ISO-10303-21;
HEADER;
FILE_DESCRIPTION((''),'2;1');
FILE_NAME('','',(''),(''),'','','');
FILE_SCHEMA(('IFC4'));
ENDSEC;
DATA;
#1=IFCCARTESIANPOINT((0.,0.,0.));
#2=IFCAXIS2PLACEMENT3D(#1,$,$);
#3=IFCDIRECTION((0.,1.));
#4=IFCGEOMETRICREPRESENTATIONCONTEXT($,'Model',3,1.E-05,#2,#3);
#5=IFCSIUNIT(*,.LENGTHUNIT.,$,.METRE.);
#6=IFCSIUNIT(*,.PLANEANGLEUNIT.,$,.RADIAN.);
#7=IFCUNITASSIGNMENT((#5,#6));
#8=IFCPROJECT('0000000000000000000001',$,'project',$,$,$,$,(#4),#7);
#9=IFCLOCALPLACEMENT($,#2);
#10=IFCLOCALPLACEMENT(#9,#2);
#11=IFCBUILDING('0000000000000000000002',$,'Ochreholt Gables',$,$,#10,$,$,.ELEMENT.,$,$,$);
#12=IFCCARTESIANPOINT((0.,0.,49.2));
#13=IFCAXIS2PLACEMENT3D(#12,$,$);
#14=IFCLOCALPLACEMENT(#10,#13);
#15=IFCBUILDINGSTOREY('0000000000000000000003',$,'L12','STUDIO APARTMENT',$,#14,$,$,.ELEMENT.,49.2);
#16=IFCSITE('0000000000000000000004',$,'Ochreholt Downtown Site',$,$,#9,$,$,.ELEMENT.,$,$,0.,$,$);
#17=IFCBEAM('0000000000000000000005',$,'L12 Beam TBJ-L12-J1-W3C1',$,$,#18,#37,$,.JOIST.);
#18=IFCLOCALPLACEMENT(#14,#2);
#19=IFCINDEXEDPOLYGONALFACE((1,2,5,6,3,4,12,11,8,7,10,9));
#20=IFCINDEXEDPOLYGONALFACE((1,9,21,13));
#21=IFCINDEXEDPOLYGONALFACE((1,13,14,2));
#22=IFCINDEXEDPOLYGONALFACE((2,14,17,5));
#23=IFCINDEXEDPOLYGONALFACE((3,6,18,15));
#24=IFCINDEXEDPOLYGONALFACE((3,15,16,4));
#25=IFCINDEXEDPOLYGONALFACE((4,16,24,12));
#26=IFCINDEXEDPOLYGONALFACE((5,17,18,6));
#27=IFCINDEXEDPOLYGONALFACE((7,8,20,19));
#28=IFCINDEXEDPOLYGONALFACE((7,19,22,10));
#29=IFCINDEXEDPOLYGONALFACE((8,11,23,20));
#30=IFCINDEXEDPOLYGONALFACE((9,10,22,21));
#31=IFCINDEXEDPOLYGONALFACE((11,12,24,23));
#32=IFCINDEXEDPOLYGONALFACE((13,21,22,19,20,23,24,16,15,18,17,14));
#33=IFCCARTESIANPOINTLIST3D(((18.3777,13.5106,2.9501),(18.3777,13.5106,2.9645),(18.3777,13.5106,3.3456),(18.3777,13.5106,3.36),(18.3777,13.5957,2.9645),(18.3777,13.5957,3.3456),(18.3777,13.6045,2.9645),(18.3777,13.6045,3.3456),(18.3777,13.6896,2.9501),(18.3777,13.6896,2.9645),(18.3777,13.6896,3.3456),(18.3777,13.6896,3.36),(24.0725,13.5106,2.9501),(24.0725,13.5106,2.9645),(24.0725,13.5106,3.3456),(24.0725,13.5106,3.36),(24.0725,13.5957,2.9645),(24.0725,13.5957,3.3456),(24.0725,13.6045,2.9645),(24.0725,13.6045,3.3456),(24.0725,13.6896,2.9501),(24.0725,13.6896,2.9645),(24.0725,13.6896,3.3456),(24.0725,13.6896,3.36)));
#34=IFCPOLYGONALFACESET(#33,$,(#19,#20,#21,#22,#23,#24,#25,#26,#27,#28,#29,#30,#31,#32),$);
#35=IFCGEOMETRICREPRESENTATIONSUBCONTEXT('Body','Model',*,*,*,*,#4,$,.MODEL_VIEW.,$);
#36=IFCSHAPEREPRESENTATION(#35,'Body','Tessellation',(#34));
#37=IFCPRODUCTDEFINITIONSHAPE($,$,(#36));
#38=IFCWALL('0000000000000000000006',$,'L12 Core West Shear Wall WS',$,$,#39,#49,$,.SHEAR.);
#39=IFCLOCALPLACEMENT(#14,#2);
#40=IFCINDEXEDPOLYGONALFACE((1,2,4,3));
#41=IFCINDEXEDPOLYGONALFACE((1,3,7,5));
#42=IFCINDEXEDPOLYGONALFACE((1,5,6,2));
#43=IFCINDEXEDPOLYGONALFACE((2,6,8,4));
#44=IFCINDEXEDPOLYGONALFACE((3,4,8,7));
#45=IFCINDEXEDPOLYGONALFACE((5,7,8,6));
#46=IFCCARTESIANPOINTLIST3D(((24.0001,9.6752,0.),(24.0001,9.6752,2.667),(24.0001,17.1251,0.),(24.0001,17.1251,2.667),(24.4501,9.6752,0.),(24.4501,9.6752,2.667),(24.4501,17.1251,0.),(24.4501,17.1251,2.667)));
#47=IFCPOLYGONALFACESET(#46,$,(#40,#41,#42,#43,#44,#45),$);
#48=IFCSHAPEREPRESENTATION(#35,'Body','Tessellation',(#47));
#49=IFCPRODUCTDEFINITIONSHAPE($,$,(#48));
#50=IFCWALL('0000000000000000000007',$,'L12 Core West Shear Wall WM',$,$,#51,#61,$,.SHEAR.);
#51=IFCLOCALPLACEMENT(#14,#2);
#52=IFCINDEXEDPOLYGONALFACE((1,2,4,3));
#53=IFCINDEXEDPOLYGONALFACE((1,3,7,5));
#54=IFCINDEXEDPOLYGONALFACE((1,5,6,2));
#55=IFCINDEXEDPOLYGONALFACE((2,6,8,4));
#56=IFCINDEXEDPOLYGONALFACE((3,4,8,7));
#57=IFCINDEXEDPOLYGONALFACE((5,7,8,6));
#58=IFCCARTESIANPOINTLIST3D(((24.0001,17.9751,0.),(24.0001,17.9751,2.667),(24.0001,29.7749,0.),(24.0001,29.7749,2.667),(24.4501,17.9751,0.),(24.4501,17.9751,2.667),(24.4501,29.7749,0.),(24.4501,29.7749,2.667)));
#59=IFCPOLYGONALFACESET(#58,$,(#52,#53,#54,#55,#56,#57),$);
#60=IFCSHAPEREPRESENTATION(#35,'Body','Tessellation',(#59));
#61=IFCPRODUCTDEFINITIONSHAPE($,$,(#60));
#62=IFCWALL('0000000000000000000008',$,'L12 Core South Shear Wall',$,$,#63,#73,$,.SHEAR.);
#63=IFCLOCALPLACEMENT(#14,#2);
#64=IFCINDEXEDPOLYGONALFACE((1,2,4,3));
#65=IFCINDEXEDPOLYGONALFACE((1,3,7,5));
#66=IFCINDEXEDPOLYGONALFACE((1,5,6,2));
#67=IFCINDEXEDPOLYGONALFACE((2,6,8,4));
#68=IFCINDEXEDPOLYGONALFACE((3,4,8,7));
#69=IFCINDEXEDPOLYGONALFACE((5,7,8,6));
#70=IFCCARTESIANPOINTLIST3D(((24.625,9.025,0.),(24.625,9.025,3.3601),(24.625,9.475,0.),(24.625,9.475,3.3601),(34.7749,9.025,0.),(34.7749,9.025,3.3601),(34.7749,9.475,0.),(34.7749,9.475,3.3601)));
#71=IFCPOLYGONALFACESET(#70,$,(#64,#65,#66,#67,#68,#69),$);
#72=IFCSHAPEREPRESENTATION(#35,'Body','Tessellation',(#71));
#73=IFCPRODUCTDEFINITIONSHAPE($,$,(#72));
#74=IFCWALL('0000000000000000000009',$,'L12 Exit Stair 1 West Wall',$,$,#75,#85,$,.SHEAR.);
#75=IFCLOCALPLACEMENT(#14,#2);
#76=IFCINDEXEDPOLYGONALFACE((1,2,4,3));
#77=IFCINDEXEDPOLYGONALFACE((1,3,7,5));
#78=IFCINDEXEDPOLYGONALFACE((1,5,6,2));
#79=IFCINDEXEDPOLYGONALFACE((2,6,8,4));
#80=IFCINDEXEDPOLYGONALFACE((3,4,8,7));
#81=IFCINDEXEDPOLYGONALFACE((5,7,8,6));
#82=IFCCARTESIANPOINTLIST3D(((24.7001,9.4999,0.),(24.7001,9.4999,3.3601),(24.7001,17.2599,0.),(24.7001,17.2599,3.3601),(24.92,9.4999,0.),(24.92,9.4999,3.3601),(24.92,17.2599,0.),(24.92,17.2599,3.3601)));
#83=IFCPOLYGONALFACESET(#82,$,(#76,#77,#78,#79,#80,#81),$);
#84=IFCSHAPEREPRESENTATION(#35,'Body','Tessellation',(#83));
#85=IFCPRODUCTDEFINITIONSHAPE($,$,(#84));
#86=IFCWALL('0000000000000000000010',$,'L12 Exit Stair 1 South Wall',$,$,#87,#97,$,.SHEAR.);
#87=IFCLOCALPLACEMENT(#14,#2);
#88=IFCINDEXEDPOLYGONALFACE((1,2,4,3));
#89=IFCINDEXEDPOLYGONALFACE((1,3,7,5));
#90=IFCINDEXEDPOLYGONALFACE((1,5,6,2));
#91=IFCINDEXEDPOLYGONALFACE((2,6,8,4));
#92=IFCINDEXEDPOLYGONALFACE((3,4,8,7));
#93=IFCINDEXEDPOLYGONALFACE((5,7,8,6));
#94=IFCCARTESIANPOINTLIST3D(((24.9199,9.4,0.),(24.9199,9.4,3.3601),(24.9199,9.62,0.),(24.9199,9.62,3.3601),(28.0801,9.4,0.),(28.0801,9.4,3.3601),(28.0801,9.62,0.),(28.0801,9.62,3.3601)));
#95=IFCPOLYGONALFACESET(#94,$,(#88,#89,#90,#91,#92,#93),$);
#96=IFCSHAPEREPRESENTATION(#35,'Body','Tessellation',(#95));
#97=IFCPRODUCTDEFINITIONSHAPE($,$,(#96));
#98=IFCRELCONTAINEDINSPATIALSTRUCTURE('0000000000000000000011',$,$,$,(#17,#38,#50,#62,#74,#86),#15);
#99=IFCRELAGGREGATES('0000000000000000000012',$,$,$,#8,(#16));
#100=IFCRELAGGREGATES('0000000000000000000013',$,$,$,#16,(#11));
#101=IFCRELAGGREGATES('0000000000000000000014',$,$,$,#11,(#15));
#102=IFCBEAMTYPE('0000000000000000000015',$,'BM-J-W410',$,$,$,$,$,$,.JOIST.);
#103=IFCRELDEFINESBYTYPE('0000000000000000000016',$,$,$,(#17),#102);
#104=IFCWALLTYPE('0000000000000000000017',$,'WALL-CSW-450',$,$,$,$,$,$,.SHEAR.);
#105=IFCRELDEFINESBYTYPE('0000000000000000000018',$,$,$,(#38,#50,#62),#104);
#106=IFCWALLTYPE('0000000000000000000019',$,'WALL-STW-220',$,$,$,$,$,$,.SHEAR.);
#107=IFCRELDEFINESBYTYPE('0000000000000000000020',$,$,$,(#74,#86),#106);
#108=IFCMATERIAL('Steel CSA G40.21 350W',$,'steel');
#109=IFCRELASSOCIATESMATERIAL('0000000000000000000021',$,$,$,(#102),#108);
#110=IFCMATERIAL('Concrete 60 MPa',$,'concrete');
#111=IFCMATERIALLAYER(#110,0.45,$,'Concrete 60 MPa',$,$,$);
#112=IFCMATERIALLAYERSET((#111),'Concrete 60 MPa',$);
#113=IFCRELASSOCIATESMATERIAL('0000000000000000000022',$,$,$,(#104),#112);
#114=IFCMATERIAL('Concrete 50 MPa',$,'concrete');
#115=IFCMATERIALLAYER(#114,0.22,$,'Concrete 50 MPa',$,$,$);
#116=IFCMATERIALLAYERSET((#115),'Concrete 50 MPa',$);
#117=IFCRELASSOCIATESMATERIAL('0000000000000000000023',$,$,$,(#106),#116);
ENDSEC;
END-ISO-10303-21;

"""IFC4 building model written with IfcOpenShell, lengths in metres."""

from ifc_helpers import new_model, si_unit, direction, frame, frame_2d, origin, origin_2d, place, context, subcontext, project, spatial, rectangle, i_section, extrude, material, layer, layer_set, material_profile, profile_set, type_object, element, save


model = new_model("IFC4")

# Units and contexts
model_context = context("Model", 3, precision=1e-05, world=origin(), true_north=direction((0.0, 1.0)))
body_context = subcontext(model_context, "Body", "Model", "MODEL_VIEW")
ifc_project = project(units=[si_unit("LENGTHUNIT", "METRE"), si_unit("PLANEANGLEUNIT", "RADIAN")], contexts=[model_context])

# Site, building, storey
site_placement = place(None, origin())
site = spatial("IfcSite", under=ifc_project, at=site_placement, Name="Ochreholt Downtown Site", CompositionType="ELEMENT", RefElevation=0.0)
building_placement = place(site_placement, origin())
building = spatial("IfcBuilding", under=site, at=building_placement, Name="Ochreholt Gables", CompositionType="ELEMENT")
storey_placement = place(building_placement, frame((0.0, 0.0, 49.2)))
storey = spatial("IfcBuildingStorey", under=building, at=storey_placement, Name="L12", Description="STUDIO APARTMENT", CompositionType="ELEMENT", Elevation=49.2)

# Shared definitions
ifc_material_1 = material(Name="Concrete 60 MPa", Category="concrete")

# Beam
ifc_material_2 = material(Name="Steel CSA G40.21 350W", Category="steel")
ifc_material_profile_1 = material_profile(ifc_material_2, i_section(OverallWidth=0.179, OverallDepth=0.4099, WebThickness=0.0088, FlangeThickness=0.0144, at=origin_2d()), Name="W410X67")
ifc_profile_set_1 = profile_set([ifc_material_profile_1], Name="Steel CSA G40.21 350W")
beam_type_1 = type_object("IfcBeamType", Name="BM-J-W410", PredefinedType="JOIST", material=ifc_profile_set_1)
beam_1_placement = place(storey_placement, frame((18.3777, 13.6001, 3.155), z_axis=(1.0, 0.0, 0.0), x_axis=(0.0, 1.0, 0.0)))
element("IfcBeam", 1, at=beam_1_placement, inside=storey, type_object=beam_type_1, Name="L12 Beam TBJ-L12-J1-W3C1", PredefinedType="JOIST", context=body_context, shape_type="SweptSolid", body=[
    extrude(i_section(OverallWidth=0.179, OverallDepth=0.4099, WebThickness=0.0088, FlangeThickness=0.0144, at=origin_2d()), origin(), (0.0, 0.0, 1.0), 5.6948),
])

# Walls
ifc_layer_1 = layer(ifc_material_1, 0.45, Name="Concrete 60 MPa")
ifc_layer_set_1 = layer_set([ifc_layer_1], Name="Concrete 60 MPa")
wall_type_1 = type_object("IfcWallType", Name="WALL-CSW-450", PredefinedType="SHEAR", material=ifc_layer_set_1)
wall_1_placement = place(storey_placement, frame((24.2251, 9.675, 0.0), z_axis=(0.0, 0.0, 1.0), x_axis=(0.0, 1.0, 0.0)))
element("IfcWall", 2, at=wall_1_placement, inside=storey, type_object=wall_type_1, Name="L12 Core West Shear Wall WS", PredefinedType="SHEAR", context=body_context, shape_type="SweptSolid", body=[
    extrude(rectangle(XDim=7.45, YDim=0.45, at=frame_2d((3.7251, 0.0))), origin(), (0.0, 0.0, 1.0), 2.667),
])
wall_2_placement = place(storey_placement, frame((24.2251, 17.9751, 0.0), z_axis=(0.0, 0.0, 1.0), x_axis=(0.0, 1.0, 0.0)))
element("IfcWall", 3, at=wall_2_placement, inside=storey, type_object=wall_type_1, Name="L12 Core West Shear Wall WM", PredefinedType="SHEAR", context=body_context, shape_type="SweptSolid", body=[
    extrude(rectangle(XDim=11.7998, YDim=0.45, at=frame_2d((5.8999, 0.0))), origin(), (0.0, 0.0, 1.0), 2.667),
])
wall_3_placement = place(storey_placement, frame((24.625, 9.25, 0.0), z_axis=(0.0, 0.0, 1.0), x_axis=(1.0, 0.0, 0.0)))
element("IfcWall", 4, at=wall_3_placement, inside=storey, type_object=wall_type_1, Name="L12 Core South Shear Wall", PredefinedType="SHEAR", context=body_context, shape_type="SweptSolid", body=[
    extrude(rectangle(XDim=10.1499, YDim=0.45, at=frame_2d((5.075, 0.0))), origin(), (0.0, 0.0, 1.0), 3.3601),
])
ifc_material_3 = material(Name="Concrete 50 MPa", Category="concrete")
ifc_layer_2 = layer(ifc_material_3, 0.22, Name="Concrete 50 MPa")
ifc_layer_set_2 = layer_set([ifc_layer_2], Name="Concrete 50 MPa")
wall_type_2 = type_object("IfcWallType", Name="WALL-STW-220", PredefinedType="SHEAR", material=ifc_layer_set_2)
wall_4_placement = place(storey_placement, frame((24.8101, 9.5, 0.0), z_axis=(0.0, 0.0, 1.0), x_axis=(0.0, 1.0, 0.0)))
element("IfcWall", 5, at=wall_4_placement, inside=storey, type_object=wall_type_2, Name="L12 Exit Stair 1 West Wall", PredefinedType="SHEAR", context=body_context, shape_type="SweptSolid", body=[
    extrude(rectangle(XDim=7.76, YDim=0.22, at=frame_2d((3.8799, 0.0))), origin(), (0.0, 0.0, 1.0), 3.3601),
])
wall_5_placement = place(storey_placement, frame((24.9199, 9.51, 0.0), z_axis=(0.0, 0.0, 1.0), x_axis=(1.0, 0.0, 0.0)))
element("IfcWall", 6, at=wall_5_placement, inside=storey, type_object=wall_type_2, Name="L12 Exit Stair 1 South Wall", PredefinedType="SHEAR", context=body_context, shape_type="SweptSolid", body=[
    extrude(rectangle(XDim=3.1602, YDim=0.22, at=frame_2d((1.5801, 0.0))), origin(), (0.0, 0.0, 1.0), 3.3601),
])

save(model, "model.ifc")
